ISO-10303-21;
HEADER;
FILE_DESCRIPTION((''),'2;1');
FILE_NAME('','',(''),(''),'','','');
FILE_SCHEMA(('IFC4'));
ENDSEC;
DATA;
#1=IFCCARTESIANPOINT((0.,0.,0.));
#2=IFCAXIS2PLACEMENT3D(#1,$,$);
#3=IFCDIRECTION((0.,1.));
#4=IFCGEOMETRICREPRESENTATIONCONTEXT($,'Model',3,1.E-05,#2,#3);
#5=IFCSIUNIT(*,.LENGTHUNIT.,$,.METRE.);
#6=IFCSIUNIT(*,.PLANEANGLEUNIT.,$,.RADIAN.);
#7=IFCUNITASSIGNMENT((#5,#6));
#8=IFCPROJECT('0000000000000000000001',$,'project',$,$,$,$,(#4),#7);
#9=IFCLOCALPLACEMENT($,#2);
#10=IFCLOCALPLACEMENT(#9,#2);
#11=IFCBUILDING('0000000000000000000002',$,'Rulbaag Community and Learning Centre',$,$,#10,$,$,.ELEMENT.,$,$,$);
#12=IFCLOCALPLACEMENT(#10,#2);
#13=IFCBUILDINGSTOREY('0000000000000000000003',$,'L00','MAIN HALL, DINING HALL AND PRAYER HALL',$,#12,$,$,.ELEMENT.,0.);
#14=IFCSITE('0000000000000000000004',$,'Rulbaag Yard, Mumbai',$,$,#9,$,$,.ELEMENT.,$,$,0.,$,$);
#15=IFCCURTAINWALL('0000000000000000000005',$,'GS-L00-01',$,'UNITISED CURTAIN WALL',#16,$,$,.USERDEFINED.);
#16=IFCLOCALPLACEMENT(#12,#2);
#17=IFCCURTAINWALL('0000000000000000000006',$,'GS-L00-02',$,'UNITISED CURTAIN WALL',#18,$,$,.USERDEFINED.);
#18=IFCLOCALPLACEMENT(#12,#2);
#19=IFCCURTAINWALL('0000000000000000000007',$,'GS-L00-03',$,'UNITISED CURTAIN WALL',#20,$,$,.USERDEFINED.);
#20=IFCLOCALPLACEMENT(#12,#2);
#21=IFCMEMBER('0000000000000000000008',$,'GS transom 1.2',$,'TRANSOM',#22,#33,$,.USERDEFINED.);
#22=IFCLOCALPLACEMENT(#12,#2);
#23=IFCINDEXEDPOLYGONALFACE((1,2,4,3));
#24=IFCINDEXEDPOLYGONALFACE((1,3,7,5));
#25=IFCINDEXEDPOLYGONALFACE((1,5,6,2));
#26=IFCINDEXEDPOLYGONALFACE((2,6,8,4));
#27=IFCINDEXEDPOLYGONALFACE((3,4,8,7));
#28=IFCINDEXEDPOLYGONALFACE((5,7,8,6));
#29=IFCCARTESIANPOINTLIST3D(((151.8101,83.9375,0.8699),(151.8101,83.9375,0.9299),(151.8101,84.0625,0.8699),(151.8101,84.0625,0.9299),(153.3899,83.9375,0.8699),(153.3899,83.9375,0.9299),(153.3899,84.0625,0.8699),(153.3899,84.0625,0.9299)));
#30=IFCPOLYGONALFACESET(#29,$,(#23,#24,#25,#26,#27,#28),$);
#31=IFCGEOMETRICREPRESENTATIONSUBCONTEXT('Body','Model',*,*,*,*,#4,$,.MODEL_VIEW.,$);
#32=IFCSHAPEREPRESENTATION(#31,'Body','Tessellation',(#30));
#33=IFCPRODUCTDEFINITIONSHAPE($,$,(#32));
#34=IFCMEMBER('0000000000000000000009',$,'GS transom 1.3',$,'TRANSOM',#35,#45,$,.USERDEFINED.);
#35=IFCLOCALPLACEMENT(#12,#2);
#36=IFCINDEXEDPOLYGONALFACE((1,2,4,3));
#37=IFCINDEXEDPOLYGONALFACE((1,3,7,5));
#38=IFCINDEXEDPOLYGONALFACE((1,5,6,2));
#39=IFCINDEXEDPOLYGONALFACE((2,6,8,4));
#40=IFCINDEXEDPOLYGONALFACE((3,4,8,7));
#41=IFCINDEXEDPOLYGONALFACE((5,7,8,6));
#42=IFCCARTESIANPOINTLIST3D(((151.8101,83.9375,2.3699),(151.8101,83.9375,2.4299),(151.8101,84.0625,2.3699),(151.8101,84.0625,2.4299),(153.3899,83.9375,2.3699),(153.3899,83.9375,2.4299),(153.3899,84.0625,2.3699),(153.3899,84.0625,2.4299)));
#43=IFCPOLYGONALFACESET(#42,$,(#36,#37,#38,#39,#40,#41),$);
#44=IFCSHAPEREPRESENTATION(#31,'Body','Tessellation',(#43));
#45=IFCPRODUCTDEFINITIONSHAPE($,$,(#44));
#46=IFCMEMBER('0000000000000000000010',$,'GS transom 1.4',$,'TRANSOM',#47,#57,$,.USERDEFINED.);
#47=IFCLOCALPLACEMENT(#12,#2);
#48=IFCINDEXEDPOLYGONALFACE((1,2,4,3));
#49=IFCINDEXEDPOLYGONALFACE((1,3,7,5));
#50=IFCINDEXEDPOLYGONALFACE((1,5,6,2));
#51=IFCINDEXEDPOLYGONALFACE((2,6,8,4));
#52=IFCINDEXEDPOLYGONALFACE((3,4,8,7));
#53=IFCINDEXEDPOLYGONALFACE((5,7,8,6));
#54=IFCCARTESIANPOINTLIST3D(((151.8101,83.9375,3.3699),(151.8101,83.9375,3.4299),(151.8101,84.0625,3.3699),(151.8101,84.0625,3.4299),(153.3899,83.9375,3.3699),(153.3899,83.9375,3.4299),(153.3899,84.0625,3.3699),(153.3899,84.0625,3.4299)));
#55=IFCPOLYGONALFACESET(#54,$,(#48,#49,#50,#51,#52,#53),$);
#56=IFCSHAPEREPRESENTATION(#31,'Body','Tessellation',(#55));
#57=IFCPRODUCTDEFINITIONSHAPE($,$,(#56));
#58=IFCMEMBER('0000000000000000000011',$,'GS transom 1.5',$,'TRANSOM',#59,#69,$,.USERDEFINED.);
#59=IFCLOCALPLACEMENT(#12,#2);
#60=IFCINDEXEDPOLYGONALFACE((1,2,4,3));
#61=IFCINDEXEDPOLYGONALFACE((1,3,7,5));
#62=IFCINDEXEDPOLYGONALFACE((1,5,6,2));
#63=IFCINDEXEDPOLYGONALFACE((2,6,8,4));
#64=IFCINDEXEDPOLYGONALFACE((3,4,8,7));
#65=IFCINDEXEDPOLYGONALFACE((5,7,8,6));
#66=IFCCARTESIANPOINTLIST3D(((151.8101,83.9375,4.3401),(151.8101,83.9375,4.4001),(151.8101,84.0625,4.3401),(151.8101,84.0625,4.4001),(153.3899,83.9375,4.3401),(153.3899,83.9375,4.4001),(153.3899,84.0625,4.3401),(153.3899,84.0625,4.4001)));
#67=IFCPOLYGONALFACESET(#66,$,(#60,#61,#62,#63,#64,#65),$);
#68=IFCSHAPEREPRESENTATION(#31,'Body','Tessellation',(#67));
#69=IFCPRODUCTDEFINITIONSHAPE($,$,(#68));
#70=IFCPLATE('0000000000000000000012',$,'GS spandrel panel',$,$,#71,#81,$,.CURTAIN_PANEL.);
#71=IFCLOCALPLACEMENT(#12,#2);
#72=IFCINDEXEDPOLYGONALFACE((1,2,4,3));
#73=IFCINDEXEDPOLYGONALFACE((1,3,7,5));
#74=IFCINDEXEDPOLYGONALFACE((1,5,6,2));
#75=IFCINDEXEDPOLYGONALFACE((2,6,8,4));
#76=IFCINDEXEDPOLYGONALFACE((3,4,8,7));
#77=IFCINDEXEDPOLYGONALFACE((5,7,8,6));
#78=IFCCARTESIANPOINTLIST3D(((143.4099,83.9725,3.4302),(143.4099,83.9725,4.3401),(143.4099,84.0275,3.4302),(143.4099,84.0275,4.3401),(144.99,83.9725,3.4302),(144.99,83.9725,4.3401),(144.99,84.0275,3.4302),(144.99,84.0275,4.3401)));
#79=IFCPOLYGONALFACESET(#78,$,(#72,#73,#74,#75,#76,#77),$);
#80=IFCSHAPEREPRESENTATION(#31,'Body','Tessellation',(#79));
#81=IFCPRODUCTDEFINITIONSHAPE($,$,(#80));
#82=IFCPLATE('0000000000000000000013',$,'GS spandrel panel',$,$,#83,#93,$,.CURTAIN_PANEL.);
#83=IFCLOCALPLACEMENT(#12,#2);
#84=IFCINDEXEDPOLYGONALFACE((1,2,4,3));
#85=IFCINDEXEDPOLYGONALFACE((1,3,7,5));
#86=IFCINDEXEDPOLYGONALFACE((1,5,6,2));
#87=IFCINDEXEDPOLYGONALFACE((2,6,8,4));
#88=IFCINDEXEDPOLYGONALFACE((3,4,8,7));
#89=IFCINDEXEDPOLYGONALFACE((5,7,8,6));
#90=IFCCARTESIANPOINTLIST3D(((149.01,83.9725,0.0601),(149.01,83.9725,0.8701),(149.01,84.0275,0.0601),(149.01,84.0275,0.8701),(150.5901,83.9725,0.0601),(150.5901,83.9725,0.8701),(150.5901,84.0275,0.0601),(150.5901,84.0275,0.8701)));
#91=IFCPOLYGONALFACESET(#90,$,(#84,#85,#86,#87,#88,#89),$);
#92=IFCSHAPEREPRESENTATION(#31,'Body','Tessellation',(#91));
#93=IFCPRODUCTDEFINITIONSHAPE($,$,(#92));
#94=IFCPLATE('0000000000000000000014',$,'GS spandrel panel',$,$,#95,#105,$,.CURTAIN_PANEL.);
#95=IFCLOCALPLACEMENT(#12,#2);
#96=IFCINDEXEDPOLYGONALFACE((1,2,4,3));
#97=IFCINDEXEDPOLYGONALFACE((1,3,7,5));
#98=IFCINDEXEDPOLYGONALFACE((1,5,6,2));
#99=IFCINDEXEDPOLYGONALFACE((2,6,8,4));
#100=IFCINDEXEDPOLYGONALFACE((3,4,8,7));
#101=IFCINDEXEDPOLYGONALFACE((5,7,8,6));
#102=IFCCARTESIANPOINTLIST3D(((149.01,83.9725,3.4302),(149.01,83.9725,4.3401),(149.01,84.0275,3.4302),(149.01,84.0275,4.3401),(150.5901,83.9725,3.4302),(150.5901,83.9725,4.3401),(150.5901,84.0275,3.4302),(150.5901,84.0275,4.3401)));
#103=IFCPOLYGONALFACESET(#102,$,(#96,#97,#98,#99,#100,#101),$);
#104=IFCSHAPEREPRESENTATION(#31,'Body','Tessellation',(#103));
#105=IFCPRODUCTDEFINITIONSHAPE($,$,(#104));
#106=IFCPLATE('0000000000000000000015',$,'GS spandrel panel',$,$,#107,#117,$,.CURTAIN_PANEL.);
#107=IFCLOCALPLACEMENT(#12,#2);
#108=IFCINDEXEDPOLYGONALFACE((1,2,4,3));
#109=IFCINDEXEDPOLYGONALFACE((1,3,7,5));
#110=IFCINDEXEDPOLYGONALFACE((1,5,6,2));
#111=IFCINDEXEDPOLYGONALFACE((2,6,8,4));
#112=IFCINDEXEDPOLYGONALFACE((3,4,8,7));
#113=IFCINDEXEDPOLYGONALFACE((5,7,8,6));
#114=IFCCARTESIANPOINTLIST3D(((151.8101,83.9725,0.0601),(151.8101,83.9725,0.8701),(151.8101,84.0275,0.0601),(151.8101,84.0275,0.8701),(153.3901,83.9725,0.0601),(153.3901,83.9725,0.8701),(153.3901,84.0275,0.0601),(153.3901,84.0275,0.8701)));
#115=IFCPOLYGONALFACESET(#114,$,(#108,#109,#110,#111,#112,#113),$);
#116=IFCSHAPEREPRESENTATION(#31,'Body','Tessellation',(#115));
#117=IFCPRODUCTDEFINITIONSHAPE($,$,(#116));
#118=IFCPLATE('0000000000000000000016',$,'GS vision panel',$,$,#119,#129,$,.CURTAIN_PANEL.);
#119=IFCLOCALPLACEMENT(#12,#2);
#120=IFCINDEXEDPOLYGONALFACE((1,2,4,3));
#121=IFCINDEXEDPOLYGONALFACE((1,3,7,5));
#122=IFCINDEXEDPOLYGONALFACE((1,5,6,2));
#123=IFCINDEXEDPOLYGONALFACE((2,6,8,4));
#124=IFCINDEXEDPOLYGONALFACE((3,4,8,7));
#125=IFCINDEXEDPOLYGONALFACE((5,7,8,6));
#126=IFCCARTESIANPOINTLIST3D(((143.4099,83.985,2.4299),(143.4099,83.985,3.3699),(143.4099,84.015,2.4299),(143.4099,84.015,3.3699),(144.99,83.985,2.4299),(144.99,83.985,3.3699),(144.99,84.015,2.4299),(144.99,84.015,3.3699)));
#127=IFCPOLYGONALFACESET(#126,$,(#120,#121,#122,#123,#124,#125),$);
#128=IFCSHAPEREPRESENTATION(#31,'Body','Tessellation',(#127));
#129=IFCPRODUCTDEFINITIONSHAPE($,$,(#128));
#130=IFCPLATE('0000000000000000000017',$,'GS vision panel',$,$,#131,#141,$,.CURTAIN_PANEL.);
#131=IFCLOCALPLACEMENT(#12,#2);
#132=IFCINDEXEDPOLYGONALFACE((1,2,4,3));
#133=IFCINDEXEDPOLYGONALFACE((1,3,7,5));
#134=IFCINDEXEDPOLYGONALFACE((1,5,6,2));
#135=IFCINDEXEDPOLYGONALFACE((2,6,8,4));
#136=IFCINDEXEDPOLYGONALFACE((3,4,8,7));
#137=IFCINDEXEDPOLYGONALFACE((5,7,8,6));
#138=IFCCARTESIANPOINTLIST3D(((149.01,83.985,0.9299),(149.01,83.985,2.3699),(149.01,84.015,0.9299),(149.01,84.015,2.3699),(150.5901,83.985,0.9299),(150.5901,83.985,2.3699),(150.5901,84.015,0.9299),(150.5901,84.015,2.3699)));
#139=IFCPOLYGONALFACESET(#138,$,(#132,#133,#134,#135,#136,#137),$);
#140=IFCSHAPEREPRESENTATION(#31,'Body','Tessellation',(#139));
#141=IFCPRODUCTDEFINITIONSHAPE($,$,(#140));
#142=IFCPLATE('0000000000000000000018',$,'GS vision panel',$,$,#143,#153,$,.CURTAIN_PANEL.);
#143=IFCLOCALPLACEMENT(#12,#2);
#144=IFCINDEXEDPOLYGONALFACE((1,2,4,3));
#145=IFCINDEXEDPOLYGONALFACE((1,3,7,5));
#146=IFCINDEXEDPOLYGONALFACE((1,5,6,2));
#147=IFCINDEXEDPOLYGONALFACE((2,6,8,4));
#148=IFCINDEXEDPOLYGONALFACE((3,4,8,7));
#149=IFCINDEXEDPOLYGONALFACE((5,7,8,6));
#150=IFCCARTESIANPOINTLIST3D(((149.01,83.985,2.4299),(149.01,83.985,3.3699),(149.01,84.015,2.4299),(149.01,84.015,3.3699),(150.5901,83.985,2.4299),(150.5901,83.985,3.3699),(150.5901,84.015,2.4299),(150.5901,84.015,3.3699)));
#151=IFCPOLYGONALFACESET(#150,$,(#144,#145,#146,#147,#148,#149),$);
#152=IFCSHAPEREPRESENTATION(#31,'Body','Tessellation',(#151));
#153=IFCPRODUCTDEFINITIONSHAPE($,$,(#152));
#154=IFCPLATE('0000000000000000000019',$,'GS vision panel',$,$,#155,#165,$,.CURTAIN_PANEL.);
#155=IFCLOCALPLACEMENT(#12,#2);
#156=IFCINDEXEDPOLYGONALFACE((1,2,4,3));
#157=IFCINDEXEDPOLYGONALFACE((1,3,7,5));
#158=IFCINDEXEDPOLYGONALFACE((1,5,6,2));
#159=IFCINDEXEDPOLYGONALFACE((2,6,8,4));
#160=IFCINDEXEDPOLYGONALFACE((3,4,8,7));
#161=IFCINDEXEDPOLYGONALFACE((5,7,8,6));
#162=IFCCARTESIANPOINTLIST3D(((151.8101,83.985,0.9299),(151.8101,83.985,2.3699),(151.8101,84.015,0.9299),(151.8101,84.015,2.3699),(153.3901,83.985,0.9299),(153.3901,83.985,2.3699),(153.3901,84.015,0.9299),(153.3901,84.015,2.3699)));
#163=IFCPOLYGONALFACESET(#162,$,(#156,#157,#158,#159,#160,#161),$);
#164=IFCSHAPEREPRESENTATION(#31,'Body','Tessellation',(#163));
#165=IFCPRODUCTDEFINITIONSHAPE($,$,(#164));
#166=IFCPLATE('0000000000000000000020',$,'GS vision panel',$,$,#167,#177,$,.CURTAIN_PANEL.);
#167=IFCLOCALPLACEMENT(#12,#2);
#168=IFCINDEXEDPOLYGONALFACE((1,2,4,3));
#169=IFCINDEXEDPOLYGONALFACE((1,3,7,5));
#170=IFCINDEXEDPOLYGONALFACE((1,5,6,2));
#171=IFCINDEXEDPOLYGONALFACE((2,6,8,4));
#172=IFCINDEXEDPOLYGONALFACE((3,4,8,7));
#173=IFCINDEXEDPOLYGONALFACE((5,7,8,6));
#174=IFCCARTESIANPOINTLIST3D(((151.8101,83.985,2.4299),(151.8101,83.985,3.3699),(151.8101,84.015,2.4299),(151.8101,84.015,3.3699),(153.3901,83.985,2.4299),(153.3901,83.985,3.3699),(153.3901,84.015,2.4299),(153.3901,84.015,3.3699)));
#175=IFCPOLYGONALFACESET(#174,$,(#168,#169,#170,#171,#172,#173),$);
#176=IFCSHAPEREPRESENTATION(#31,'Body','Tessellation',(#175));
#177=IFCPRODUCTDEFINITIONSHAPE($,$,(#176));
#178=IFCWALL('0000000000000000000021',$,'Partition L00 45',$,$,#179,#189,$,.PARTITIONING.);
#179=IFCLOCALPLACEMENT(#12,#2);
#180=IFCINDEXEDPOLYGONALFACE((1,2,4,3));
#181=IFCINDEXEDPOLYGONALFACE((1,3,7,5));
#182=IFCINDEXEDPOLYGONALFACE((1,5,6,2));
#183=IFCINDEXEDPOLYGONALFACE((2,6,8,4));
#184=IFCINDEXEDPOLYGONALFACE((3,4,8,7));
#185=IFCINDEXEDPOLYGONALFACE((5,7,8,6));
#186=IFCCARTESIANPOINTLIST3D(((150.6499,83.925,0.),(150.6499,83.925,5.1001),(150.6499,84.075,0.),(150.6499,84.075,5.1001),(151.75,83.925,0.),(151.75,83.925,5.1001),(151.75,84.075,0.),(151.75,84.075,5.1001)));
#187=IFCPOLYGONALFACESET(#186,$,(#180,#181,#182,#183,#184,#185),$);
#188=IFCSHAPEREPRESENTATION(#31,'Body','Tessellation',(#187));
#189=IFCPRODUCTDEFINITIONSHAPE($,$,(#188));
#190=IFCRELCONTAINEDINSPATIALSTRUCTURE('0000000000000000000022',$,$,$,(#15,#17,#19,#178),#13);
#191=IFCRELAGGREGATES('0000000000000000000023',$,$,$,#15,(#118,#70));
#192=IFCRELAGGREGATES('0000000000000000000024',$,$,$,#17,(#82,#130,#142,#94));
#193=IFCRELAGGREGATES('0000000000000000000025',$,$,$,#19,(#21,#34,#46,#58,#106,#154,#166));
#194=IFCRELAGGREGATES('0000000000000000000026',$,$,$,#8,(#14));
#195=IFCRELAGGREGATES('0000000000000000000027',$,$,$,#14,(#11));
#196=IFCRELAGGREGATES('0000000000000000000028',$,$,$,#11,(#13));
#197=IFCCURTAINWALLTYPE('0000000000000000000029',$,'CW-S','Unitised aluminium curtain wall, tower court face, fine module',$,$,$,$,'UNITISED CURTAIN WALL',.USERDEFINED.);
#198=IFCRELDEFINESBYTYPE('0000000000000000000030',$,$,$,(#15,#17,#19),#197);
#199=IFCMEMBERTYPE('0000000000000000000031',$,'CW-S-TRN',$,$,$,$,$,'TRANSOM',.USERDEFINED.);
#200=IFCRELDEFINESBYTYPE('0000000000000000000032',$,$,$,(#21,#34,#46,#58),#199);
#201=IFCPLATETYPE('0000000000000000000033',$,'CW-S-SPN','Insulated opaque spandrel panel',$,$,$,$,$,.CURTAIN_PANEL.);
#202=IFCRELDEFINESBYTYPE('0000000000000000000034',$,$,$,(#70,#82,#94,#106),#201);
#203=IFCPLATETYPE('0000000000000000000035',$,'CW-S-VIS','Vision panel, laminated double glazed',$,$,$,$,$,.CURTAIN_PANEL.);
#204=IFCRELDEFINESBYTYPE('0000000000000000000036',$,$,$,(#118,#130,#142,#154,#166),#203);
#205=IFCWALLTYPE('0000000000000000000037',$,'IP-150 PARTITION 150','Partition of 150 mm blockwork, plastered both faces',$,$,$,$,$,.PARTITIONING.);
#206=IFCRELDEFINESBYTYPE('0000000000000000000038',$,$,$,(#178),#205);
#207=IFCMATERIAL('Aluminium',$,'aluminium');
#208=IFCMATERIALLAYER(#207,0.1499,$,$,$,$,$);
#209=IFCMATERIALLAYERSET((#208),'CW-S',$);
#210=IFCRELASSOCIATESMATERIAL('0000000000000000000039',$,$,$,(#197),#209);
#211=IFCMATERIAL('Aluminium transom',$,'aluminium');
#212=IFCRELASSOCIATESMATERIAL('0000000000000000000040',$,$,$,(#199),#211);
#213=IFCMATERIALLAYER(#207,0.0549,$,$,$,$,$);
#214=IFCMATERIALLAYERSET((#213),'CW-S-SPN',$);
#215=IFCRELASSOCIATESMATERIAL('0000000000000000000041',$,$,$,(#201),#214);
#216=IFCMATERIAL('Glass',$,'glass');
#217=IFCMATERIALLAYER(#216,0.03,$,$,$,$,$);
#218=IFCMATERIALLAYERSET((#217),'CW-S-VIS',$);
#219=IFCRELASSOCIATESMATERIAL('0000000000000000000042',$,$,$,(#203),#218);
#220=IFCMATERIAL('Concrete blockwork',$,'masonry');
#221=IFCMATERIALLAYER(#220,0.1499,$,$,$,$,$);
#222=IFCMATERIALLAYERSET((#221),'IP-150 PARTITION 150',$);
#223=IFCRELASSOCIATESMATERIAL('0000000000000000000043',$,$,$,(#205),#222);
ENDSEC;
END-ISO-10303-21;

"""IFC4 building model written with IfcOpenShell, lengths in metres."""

from ifc_helpers import new_model, si_unit, direction, frame, frame_2d, origin, origin_2d, place, context, subcontext, project, spatial, rectangle, extrude, material, layer, layer_set, material_profile, profile_set, type_object, element, aggregate, save


model = new_model("IFC4")

# Units and contexts
model_context = context("Model", 3, precision=1e-05, world=origin(), true_north=direction((0.0, 1.0)))
body_context = subcontext(model_context, "Body", "Model", "MODEL_VIEW")
ifc_project = project(units=[si_unit("LENGTHUNIT", "METRE"), si_unit("PLANEANGLEUNIT", "RADIAN")], contexts=[model_context])

# Site, building, storey
site_placement = place(None, origin())
site = spatial("IfcSite", under=ifc_project, at=site_placement, Name="Rulbaag Yard, Mumbai", CompositionType="ELEMENT", RefElevation=0.0)
building_placement = place(site_placement, origin())
building = spatial("IfcBuilding", under=site, at=building_placement, Name="Rulbaag Community and Learning Centre", CompositionType="ELEMENT")
storey_placement = place(building_placement, origin())
storey = spatial("IfcBuildingStorey", under=building, at=storey_placement, Name="L00", Description="MAIN HALL, DINING HALL AND PRAYER HALL", CompositionType="ELEMENT", Elevation=0.0)

# Curtain wall
ifc_material_1 = material(Name="Aluminium", Category="aluminium")
ifc_layer_1 = layer(ifc_material_1, 0.1499)
ifc_layer_set_1 = layer_set([ifc_layer_1], Name="CW-S")
curtain_wall_type = type_object("IfcCurtainWallType", Name="CW-S", Description="Unitised aluminium curtain wall, tower court face, fine module", ElementType="UNITISED CURTAIN WALL", PredefinedType="USERDEFINED", material=ifc_layer_set_1)
curtain_wall_1_placement = place(storey_placement, origin())
curtain_wall_1 = element("IfcCurtainWall", 1, at=curtain_wall_1_placement, inside=storey, type_object=curtain_wall_type, Name="GS-L00-01", ObjectType="UNITISED CURTAIN WALL", PredefinedType="USERDEFINED")

# Curtain wall
curtain_wall_2_placement = place(storey_placement, origin())
curtain_wall_2 = element("IfcCurtainWall", 2, at=curtain_wall_2_placement, inside=storey, type_object=curtain_wall_type, Name="GS-L00-02", ObjectType="UNITISED CURTAIN WALL", PredefinedType="USERDEFINED")

# Curtain wall
curtain_wall_3_placement = place(storey_placement, origin())
curtain_wall_3 = element("IfcCurtainWall", 3, at=curtain_wall_3_placement, inside=storey, type_object=curtain_wall_type, Name="GS-L00-03", ObjectType="UNITISED CURTAIN WALL", PredefinedType="USERDEFINED")

# Members
ifc_material_2 = material(Name="Aluminium transom", Category="aluminium")
ifc_material_profile_1 = material_profile(ifc_material_2, rectangle(XDim=0.125, YDim=0.0601, at=origin_2d()), Name="AL 60x125 T")
ifc_profile_set_1 = profile_set([ifc_material_profile_1], Name="Aluminium transom")
member_type_1 = type_object("IfcMemberType", Name="CW-S-TRN", ElementType="TRANSOM", PredefinedType="USERDEFINED", material=ifc_profile_set_1)
member_1_placement = place(storey_placement, frame((151.8101, 84.0, 0.8999), z_axis=(1.0, 0.0, 0.0), x_axis=(0.0, 1.0, 0.0)))
member_1 = element("IfcMember", 4, at=member_1_placement, type_object=member_type_1, Name="GS transom 1.2", ObjectType="TRANSOM", PredefinedType="USERDEFINED", context=body_context, shape_type="SweptSolid", body=[
    extrude(rectangle(XDim=0.125, YDim=0.0601, at=origin_2d()), origin(), (0.0, 0.0, 1.0), 1.5798),
])
member_2_placement = place(storey_placement, frame((151.8101, 84.0, 2.3999), z_axis=(1.0, 0.0, 0.0), x_axis=(0.0, 1.0, 0.0)))
member_2 = element("IfcMember", 5, at=member_2_placement, type_object=member_type_1, Name="GS transom 1.3", ObjectType="TRANSOM", PredefinedType="USERDEFINED", context=body_context, shape_type="SweptSolid", body=[
    extrude(rectangle(XDim=0.125, YDim=0.0601, at=origin_2d()), origin(), (0.0, 0.0, 1.0), 1.5798),
])
member_3_placement = place(storey_placement, frame((151.8101, 84.0, 3.3999), z_axis=(1.0, 0.0, 0.0), x_axis=(0.0, 1.0, 0.0)))
member_3 = element("IfcMember", 6, at=member_3_placement, type_object=member_type_1, Name="GS transom 1.4", ObjectType="TRANSOM", PredefinedType="USERDEFINED", context=body_context, shape_type="SweptSolid", body=[
    extrude(rectangle(XDim=0.125, YDim=0.0601, at=origin_2d()), origin(), (0.0, 0.0, 1.0), 1.5798),
])
member_4_placement = place(storey_placement, frame((151.8101, 84.0, 4.3701), z_axis=(1.0, 0.0, 0.0), x_axis=(0.0, 1.0, 0.0)))
member_4 = element("IfcMember", 7, at=member_4_placement, type_object=member_type_1, Name="GS transom 1.5", ObjectType="TRANSOM", PredefinedType="USERDEFINED", context=body_context, shape_type="SweptSolid", body=[
    extrude(rectangle(XDim=0.125, YDim=0.0601, at=origin_2d()), origin(), (0.0, 0.0, 1.0), 1.5798),
])

# Plates
ifc_layer_2 = layer(ifc_material_1, 0.0549)
ifc_layer_set_2 = layer_set([ifc_layer_2], Name="CW-S-SPN")
plate_type_1 = type_object("IfcPlateType", Name="CW-S-SPN", Description="Insulated opaque spandrel panel", PredefinedType="CURTAIN_PANEL", material=ifc_layer_set_2)
plate_1_placement = place(storey_placement, frame((144.2, 84.0, 3.4302), z_axis=(0.0, 0.0, 1.0), x_axis=(1.0, 0.0, 0.0)))
plate_1 = element("IfcPlate", 8, at=plate_1_placement, type_object=plate_type_1, Name="GS spandrel panel", PredefinedType="CURTAIN_PANEL", context=body_context, shape_type="SweptSolid", body=[
    extrude(rectangle(XDim=1.5801, YDim=0.0549, at=origin_2d()), origin(), (0.0, 0.0, 1.0), 0.9099),
])
plate_2_placement = place(storey_placement, frame((149.8, 84.0, 0.0601), z_axis=(0.0, 0.0, 1.0), x_axis=(1.0, 0.0, 0.0)))
plate_2 = element("IfcPlate", 9, at=plate_2_placement, type_object=plate_type_1, Name="GS spandrel panel", PredefinedType="CURTAIN_PANEL", context=body_context, shape_type="SweptSolid", body=[
    extrude(rectangle(XDim=1.5801, YDim=0.0549, at=origin_2d()), origin(), (0.0, 0.0, 1.0), 0.8101),
])
plate_3_placement = place(storey_placement, frame((149.8, 84.0, 3.4302), z_axis=(0.0, 0.0, 1.0), x_axis=(1.0, 0.0, 0.0)))
plate_3 = element("IfcPlate", 10, at=plate_3_placement, type_object=plate_type_1, Name="GS spandrel panel", PredefinedType="CURTAIN_PANEL", context=body_context, shape_type="SweptSolid", body=[
    extrude(rectangle(XDim=1.5801, YDim=0.0549, at=origin_2d()), origin(), (0.0, 0.0, 1.0), 0.9099),
])
plate_4_placement = place(storey_placement, frame((152.6001, 84.0, 0.0601), z_axis=(0.0, 0.0, 1.0), x_axis=(1.0, 0.0, 0.0)))
plate_4 = element("IfcPlate", 11, at=plate_4_placement, type_object=plate_type_1, Name="GS spandrel panel", PredefinedType="CURTAIN_PANEL", context=body_context, shape_type="SweptSolid", body=[
    extrude(rectangle(XDim=1.5801, YDim=0.0549, at=origin_2d()), origin(), (0.0, 0.0, 1.0), 0.8101),
])
ifc_material_3 = material(Name="Glass", Category="glass")
ifc_layer_3 = layer(ifc_material_3, 0.03)
ifc_layer_set_3 = layer_set([ifc_layer_3], Name="CW-S-VIS")
plate_type_2 = type_object("IfcPlateType", Name="CW-S-VIS", Description="Vision panel, laminated double glazed", PredefinedType="CURTAIN_PANEL", material=ifc_layer_set_3)
plate_5_placement = place(storey_placement, frame((144.2, 84.0, 2.4299), z_axis=(0.0, 0.0, 1.0), x_axis=(1.0, 0.0, 0.0)))
plate_5 = element("IfcPlate", 12, at=plate_5_placement, type_object=plate_type_2, Name="GS vision panel", PredefinedType="CURTAIN_PANEL", context=body_context, shape_type="SweptSolid", body=[
    extrude(rectangle(XDim=1.5801, YDim=0.03, at=origin_2d()), origin(), (0.0, 0.0, 1.0), 0.9399),
])
aggregate(curtain_wall_1, [plate_5, plate_1])
plate_6_placement = place(storey_placement, frame((149.8, 84.0, 0.9299), z_axis=(0.0, 0.0, 1.0), x_axis=(1.0, 0.0, 0.0)))
plate_6 = element("IfcPlate", 13, at=plate_6_placement, type_object=plate_type_2, Name="GS vision panel", PredefinedType="CURTAIN_PANEL", context=body_context, shape_type="SweptSolid", body=[
    extrude(rectangle(XDim=1.5801, YDim=0.03, at=origin_2d()), origin(), (0.0, 0.0, 1.0), 1.4399),
])
plate_7_placement = place(storey_placement, frame((149.8, 84.0, 2.4299), z_axis=(0.0, 0.0, 1.0), x_axis=(1.0, 0.0, 0.0)))
plate_7 = element("IfcPlate", 14, at=plate_7_placement, type_object=plate_type_2, Name="GS vision panel", PredefinedType="CURTAIN_PANEL", context=body_context, shape_type="SweptSolid", body=[
    extrude(rectangle(XDim=1.5801, YDim=0.03, at=origin_2d()), origin(), (0.0, 0.0, 1.0), 0.9399),
])
aggregate(curtain_wall_2, [plate_2, plate_6, plate_7, plate_3])
plate_8_placement = place(storey_placement, frame((152.6001, 84.0, 0.9299), z_axis=(0.0, 0.0, 1.0), x_axis=(1.0, 0.0, 0.0)))
plate_8 = element("IfcPlate", 15, at=plate_8_placement, type_object=plate_type_2, Name="GS vision panel", PredefinedType="CURTAIN_PANEL", context=body_context, shape_type="SweptSolid", body=[
    extrude(rectangle(XDim=1.5801, YDim=0.03, at=origin_2d()), origin(), (0.0, 0.0, 1.0), 1.4399),
])
plate_9_placement = place(storey_placement, frame((152.6001, 84.0, 2.4299), z_axis=(0.0, 0.0, 1.0), x_axis=(1.0, 0.0, 0.0)))
plate_9 = element("IfcPlate", 16, at=plate_9_placement, type_object=plate_type_2, Name="GS vision panel", PredefinedType="CURTAIN_PANEL", context=body_context, shape_type="SweptSolid", body=[
    extrude(rectangle(XDim=1.5801, YDim=0.03, at=origin_2d()), origin(), (0.0, 0.0, 1.0), 0.9399),
])
aggregate(curtain_wall_3, [member_1, member_2, member_3, member_4, plate_4, plate_8, plate_9])

# Wall
ifc_material_4 = material(Name="Concrete blockwork", Category="masonry")
ifc_layer_4 = layer(ifc_material_4, 0.1499)
ifc_layer_set_4 = layer_set([ifc_layer_4], Name="IP-150 PARTITION 150")
wall_type_1 = type_object("IfcWallType", Name="IP-150 PARTITION 150", Description="Partition of 150 mm blockwork, plastered both faces", PredefinedType="PARTITIONING", material=ifc_layer_set_4)
wall_1_placement = place(storey_placement, frame((150.6499, 84.0, 0.0), z_axis=(0.0, 0.0, 1.0), x_axis=(1.0, 0.0, 0.0)))
element("IfcWall", 17, at=wall_1_placement, inside=storey, type_object=wall_type_1, Name="Partition L00 45", PredefinedType="PARTITIONING", context=body_context, shape_type="SweptSolid", body=[
    extrude(rectangle(XDim=1.1001, YDim=0.1499, at=frame_2d((0.55, 0.0))), origin(), (0.0, 0.0, 1.0), 5.1001),
])

save(model, "model.ifc")
